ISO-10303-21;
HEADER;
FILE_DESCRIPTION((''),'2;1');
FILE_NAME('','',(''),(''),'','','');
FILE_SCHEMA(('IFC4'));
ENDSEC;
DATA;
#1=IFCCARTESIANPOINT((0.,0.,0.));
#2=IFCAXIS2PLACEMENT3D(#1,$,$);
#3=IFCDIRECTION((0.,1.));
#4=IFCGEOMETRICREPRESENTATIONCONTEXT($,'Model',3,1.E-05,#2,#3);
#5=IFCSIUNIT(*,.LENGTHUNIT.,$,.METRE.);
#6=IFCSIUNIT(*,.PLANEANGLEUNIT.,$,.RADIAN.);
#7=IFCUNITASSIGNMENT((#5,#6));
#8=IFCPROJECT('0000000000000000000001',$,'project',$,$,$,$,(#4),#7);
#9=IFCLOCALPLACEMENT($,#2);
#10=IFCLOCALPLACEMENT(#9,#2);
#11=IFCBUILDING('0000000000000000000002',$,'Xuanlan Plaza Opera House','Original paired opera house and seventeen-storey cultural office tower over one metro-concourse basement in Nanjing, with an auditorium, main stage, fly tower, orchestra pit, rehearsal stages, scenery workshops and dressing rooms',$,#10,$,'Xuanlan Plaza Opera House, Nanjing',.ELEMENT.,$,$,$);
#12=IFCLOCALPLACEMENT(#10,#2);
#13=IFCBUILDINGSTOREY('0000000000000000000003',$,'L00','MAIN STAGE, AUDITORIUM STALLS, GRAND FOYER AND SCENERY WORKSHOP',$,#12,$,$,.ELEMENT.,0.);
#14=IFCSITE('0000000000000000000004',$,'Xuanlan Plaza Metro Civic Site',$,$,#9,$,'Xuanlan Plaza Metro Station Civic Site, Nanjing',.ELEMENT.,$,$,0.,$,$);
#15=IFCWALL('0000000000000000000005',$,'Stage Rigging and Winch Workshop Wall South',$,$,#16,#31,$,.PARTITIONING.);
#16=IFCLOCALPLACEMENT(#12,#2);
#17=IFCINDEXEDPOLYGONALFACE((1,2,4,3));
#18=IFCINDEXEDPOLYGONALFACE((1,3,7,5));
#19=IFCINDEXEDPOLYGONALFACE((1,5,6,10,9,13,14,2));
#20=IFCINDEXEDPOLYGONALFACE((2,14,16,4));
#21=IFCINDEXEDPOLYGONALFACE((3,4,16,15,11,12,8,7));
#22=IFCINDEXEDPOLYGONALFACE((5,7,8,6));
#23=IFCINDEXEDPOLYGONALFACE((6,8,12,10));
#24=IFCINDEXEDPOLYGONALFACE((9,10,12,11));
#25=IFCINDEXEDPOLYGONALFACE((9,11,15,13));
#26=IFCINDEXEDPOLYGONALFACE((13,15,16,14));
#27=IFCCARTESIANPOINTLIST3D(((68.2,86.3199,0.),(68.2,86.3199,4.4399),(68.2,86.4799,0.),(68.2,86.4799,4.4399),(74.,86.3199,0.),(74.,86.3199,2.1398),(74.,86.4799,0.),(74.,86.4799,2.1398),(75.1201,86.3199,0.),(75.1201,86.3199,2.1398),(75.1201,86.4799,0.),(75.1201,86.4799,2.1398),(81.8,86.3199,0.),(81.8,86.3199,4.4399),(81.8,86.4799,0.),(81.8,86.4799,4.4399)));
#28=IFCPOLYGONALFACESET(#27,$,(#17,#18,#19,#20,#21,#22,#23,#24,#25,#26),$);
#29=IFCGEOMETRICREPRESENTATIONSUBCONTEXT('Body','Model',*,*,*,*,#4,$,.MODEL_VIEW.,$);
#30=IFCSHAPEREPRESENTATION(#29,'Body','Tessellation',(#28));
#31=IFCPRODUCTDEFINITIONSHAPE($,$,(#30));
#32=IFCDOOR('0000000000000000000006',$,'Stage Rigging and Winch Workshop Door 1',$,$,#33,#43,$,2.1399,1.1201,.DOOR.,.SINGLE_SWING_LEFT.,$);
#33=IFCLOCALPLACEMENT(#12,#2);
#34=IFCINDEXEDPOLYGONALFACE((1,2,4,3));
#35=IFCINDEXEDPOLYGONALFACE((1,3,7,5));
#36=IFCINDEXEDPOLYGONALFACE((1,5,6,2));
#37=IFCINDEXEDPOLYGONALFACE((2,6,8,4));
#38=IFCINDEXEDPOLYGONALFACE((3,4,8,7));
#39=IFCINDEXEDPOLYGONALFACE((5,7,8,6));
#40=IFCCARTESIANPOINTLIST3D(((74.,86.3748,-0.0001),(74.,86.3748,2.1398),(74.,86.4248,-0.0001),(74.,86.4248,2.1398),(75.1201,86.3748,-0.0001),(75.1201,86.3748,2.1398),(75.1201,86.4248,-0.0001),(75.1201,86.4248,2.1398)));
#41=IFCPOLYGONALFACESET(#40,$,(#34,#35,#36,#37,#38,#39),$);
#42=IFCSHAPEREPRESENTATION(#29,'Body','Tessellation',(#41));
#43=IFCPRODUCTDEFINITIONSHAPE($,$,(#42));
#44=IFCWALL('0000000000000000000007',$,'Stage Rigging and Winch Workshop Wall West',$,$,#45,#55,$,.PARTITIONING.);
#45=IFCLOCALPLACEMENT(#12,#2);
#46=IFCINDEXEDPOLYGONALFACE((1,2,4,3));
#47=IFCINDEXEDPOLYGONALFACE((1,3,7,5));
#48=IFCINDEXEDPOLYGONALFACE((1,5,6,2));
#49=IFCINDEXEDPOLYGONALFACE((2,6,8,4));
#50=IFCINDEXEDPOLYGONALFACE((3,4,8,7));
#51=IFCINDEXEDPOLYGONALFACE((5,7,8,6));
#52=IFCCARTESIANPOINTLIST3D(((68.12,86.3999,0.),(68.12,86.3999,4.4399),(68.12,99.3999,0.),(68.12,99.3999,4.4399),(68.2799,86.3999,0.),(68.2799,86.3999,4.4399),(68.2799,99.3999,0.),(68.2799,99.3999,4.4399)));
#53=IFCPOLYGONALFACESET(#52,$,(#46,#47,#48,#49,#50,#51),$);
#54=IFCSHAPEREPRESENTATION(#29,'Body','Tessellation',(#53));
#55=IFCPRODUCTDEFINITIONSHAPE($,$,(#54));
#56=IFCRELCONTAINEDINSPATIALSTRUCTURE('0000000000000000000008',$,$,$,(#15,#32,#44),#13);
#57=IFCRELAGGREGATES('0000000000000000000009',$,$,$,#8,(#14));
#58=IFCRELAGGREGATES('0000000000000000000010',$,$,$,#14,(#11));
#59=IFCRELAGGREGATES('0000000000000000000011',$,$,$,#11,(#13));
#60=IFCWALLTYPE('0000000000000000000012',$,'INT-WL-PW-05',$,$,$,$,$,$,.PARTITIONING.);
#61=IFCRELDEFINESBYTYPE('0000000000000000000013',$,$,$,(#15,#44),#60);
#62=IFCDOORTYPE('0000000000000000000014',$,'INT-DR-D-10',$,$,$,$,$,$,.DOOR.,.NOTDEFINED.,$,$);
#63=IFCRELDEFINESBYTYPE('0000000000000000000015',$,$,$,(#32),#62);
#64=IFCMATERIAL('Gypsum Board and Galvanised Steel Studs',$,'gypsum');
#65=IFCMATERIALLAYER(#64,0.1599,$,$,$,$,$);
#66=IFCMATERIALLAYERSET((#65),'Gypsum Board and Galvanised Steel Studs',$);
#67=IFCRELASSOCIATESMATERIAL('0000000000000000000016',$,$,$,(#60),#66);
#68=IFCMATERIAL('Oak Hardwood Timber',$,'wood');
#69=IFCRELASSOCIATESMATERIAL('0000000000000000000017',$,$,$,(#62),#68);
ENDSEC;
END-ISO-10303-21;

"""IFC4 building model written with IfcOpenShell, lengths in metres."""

from ifc_helpers import new_model, si_unit, direction, frame, frame_2d, origin, place, context, subcontext, project, spatial, rectangle, extrude, material, layer, layer_set, type_object, element, fill, save


model = new_model("IFC4")

# Units and contexts
model_context = context("Model", 3, precision=1e-05, world=origin(), true_north=direction((0.0, 1.0)))
body_context = subcontext(model_context, "Body", "Model", "MODEL_VIEW")
ifc_project = project(units=[si_unit("LENGTHUNIT", "METRE"), si_unit("PLANEANGLEUNIT", "RADIAN")], contexts=[model_context])

# Site, building, storey
site_placement = place(None, origin())
site = spatial("IfcSite", under=ifc_project, at=site_placement, Name="Xuanlan Plaza Metro Civic Site", LongName="Xuanlan Plaza Metro Station Civic Site, Nanjing", CompositionType="ELEMENT", RefElevation=0.0)
building_placement = place(site_placement, origin())
building = spatial("IfcBuilding", under=site, at=building_placement, Name="Xuanlan Plaza Opera House", Description="Original paired opera house and seventeen-storey cultural office tower over one metro-concourse basement in Nanjing, with an auditorium, main stage, fly tower, orchestra pit, rehearsal stages, scenery workshops and dressing rooms", LongName="Xuanlan Plaza Opera House, Nanjing", CompositionType="ELEMENT")
storey_placement = place(building_placement, origin())
storey = spatial("IfcBuildingStorey", under=building, at=storey_placement, Name="L00", Description="MAIN STAGE, AUDITORIUM STALLS, GRAND FOYER AND SCENERY WORKSHOP", CompositionType="ELEMENT", Elevation=0.0)

# Wall, opening, door
ifc_material_1 = material(Name="Gypsum Board and Galvanised Steel Studs", Category="gypsum")
ifc_layer = layer(ifc_material_1, 0.1599)
ifc_layer_set = layer_set([ifc_layer], Name="Gypsum Board and Galvanised Steel Studs")
wall_type = type_object("IfcWallType", Name="INT-WL-PW-05", PredefinedType="PARTITIONING", material=ifc_layer_set)
wall_1_placement = place(storey_placement, frame((68.2, 86.3999, 0.0), z_axis=(0.0, 0.0, 1.0), x_axis=(1.0, 0.0, 0.0)))
wall_1 = element("IfcWall", 1, at=wall_1_placement, inside=storey, type_object=wall_type, Name="Stage Rigging and Winch Workshop Wall South", PredefinedType="PARTITIONING", context=body_context, shape_type="SweptSolid", body=[
    extrude(rectangle(XDim=13.6001, YDim=0.1599, at=frame_2d((6.8, 0.0))), origin(), (0.0, 0.0, 1.0), 4.4399),
])
opening_placement = place(wall_1_placement, frame((5.8, 0.0, 0.0)))
opening = element("IfcOpeningElement", 2, at=opening_placement, cuts=wall_1, PredefinedType="OPENING", context=body_context, shape_type="SweptSolid", body=[
    extrude(rectangle(XDim=1.1201, YDim=2.1399, at=frame_2d((0.5601, 1.0698))), frame((0.0, 0.0898, 0.0), z_axis=(0.0, -1.0, 0.0), x_axis=(1.0, 0.0, 0.0)), (0.0, 0.0, 1.0), 0.1799),
])
ifc_material_2 = material(Name="Oak Hardwood Timber", Category="wood")
door_type = type_object("IfcDoorType", Name="INT-DR-D-10", OperationType="NOTDEFINED", PredefinedType="DOOR", material=ifc_material_2)
door_placement = place(opening_placement, origin())
door = element("IfcDoor", 3, at=door_placement, inside=storey, type_object=door_type, Name="Stage Rigging and Winch Workshop Door 1", OperationType="SINGLE_SWING_LEFT", OverallHeight=2.1399, OverallWidth=1.1201, PredefinedType="DOOR", context=body_context, shape_type="SweptSolid", body=[
    extrude(rectangle(XDim=1.1201, YDim=2.1399, at=frame_2d((0.5601, 1.0698))), frame((0.0, 0.0249, 0.0), z_axis=(0.0, -1.0, 0.0), x_axis=(1.0, 0.0, 0.0)), (0.0, 0.0, 1.0), 0.05),
])
fill(opening, door)

# Wall
wall_2_placement = place(storey_placement, frame((68.2, 86.3999, 0.0), z_axis=(0.0, 0.0, 1.0), x_axis=(0.0, 1.0, 0.0)))
element("IfcWall", 4, at=wall_2_placement, inside=storey, type_object=wall_type, Name="Stage Rigging and Winch Workshop Wall West", PredefinedType="PARTITIONING", context=body_context, shape_type="SweptSolid", body=[
    extrude(rectangle(XDim=13.0, YDim=0.1599, at=frame_2d((6.5, 0.0))), origin(), (0.0, 0.0, 1.0), 4.4399),
])

save(model, "model.ifc")
